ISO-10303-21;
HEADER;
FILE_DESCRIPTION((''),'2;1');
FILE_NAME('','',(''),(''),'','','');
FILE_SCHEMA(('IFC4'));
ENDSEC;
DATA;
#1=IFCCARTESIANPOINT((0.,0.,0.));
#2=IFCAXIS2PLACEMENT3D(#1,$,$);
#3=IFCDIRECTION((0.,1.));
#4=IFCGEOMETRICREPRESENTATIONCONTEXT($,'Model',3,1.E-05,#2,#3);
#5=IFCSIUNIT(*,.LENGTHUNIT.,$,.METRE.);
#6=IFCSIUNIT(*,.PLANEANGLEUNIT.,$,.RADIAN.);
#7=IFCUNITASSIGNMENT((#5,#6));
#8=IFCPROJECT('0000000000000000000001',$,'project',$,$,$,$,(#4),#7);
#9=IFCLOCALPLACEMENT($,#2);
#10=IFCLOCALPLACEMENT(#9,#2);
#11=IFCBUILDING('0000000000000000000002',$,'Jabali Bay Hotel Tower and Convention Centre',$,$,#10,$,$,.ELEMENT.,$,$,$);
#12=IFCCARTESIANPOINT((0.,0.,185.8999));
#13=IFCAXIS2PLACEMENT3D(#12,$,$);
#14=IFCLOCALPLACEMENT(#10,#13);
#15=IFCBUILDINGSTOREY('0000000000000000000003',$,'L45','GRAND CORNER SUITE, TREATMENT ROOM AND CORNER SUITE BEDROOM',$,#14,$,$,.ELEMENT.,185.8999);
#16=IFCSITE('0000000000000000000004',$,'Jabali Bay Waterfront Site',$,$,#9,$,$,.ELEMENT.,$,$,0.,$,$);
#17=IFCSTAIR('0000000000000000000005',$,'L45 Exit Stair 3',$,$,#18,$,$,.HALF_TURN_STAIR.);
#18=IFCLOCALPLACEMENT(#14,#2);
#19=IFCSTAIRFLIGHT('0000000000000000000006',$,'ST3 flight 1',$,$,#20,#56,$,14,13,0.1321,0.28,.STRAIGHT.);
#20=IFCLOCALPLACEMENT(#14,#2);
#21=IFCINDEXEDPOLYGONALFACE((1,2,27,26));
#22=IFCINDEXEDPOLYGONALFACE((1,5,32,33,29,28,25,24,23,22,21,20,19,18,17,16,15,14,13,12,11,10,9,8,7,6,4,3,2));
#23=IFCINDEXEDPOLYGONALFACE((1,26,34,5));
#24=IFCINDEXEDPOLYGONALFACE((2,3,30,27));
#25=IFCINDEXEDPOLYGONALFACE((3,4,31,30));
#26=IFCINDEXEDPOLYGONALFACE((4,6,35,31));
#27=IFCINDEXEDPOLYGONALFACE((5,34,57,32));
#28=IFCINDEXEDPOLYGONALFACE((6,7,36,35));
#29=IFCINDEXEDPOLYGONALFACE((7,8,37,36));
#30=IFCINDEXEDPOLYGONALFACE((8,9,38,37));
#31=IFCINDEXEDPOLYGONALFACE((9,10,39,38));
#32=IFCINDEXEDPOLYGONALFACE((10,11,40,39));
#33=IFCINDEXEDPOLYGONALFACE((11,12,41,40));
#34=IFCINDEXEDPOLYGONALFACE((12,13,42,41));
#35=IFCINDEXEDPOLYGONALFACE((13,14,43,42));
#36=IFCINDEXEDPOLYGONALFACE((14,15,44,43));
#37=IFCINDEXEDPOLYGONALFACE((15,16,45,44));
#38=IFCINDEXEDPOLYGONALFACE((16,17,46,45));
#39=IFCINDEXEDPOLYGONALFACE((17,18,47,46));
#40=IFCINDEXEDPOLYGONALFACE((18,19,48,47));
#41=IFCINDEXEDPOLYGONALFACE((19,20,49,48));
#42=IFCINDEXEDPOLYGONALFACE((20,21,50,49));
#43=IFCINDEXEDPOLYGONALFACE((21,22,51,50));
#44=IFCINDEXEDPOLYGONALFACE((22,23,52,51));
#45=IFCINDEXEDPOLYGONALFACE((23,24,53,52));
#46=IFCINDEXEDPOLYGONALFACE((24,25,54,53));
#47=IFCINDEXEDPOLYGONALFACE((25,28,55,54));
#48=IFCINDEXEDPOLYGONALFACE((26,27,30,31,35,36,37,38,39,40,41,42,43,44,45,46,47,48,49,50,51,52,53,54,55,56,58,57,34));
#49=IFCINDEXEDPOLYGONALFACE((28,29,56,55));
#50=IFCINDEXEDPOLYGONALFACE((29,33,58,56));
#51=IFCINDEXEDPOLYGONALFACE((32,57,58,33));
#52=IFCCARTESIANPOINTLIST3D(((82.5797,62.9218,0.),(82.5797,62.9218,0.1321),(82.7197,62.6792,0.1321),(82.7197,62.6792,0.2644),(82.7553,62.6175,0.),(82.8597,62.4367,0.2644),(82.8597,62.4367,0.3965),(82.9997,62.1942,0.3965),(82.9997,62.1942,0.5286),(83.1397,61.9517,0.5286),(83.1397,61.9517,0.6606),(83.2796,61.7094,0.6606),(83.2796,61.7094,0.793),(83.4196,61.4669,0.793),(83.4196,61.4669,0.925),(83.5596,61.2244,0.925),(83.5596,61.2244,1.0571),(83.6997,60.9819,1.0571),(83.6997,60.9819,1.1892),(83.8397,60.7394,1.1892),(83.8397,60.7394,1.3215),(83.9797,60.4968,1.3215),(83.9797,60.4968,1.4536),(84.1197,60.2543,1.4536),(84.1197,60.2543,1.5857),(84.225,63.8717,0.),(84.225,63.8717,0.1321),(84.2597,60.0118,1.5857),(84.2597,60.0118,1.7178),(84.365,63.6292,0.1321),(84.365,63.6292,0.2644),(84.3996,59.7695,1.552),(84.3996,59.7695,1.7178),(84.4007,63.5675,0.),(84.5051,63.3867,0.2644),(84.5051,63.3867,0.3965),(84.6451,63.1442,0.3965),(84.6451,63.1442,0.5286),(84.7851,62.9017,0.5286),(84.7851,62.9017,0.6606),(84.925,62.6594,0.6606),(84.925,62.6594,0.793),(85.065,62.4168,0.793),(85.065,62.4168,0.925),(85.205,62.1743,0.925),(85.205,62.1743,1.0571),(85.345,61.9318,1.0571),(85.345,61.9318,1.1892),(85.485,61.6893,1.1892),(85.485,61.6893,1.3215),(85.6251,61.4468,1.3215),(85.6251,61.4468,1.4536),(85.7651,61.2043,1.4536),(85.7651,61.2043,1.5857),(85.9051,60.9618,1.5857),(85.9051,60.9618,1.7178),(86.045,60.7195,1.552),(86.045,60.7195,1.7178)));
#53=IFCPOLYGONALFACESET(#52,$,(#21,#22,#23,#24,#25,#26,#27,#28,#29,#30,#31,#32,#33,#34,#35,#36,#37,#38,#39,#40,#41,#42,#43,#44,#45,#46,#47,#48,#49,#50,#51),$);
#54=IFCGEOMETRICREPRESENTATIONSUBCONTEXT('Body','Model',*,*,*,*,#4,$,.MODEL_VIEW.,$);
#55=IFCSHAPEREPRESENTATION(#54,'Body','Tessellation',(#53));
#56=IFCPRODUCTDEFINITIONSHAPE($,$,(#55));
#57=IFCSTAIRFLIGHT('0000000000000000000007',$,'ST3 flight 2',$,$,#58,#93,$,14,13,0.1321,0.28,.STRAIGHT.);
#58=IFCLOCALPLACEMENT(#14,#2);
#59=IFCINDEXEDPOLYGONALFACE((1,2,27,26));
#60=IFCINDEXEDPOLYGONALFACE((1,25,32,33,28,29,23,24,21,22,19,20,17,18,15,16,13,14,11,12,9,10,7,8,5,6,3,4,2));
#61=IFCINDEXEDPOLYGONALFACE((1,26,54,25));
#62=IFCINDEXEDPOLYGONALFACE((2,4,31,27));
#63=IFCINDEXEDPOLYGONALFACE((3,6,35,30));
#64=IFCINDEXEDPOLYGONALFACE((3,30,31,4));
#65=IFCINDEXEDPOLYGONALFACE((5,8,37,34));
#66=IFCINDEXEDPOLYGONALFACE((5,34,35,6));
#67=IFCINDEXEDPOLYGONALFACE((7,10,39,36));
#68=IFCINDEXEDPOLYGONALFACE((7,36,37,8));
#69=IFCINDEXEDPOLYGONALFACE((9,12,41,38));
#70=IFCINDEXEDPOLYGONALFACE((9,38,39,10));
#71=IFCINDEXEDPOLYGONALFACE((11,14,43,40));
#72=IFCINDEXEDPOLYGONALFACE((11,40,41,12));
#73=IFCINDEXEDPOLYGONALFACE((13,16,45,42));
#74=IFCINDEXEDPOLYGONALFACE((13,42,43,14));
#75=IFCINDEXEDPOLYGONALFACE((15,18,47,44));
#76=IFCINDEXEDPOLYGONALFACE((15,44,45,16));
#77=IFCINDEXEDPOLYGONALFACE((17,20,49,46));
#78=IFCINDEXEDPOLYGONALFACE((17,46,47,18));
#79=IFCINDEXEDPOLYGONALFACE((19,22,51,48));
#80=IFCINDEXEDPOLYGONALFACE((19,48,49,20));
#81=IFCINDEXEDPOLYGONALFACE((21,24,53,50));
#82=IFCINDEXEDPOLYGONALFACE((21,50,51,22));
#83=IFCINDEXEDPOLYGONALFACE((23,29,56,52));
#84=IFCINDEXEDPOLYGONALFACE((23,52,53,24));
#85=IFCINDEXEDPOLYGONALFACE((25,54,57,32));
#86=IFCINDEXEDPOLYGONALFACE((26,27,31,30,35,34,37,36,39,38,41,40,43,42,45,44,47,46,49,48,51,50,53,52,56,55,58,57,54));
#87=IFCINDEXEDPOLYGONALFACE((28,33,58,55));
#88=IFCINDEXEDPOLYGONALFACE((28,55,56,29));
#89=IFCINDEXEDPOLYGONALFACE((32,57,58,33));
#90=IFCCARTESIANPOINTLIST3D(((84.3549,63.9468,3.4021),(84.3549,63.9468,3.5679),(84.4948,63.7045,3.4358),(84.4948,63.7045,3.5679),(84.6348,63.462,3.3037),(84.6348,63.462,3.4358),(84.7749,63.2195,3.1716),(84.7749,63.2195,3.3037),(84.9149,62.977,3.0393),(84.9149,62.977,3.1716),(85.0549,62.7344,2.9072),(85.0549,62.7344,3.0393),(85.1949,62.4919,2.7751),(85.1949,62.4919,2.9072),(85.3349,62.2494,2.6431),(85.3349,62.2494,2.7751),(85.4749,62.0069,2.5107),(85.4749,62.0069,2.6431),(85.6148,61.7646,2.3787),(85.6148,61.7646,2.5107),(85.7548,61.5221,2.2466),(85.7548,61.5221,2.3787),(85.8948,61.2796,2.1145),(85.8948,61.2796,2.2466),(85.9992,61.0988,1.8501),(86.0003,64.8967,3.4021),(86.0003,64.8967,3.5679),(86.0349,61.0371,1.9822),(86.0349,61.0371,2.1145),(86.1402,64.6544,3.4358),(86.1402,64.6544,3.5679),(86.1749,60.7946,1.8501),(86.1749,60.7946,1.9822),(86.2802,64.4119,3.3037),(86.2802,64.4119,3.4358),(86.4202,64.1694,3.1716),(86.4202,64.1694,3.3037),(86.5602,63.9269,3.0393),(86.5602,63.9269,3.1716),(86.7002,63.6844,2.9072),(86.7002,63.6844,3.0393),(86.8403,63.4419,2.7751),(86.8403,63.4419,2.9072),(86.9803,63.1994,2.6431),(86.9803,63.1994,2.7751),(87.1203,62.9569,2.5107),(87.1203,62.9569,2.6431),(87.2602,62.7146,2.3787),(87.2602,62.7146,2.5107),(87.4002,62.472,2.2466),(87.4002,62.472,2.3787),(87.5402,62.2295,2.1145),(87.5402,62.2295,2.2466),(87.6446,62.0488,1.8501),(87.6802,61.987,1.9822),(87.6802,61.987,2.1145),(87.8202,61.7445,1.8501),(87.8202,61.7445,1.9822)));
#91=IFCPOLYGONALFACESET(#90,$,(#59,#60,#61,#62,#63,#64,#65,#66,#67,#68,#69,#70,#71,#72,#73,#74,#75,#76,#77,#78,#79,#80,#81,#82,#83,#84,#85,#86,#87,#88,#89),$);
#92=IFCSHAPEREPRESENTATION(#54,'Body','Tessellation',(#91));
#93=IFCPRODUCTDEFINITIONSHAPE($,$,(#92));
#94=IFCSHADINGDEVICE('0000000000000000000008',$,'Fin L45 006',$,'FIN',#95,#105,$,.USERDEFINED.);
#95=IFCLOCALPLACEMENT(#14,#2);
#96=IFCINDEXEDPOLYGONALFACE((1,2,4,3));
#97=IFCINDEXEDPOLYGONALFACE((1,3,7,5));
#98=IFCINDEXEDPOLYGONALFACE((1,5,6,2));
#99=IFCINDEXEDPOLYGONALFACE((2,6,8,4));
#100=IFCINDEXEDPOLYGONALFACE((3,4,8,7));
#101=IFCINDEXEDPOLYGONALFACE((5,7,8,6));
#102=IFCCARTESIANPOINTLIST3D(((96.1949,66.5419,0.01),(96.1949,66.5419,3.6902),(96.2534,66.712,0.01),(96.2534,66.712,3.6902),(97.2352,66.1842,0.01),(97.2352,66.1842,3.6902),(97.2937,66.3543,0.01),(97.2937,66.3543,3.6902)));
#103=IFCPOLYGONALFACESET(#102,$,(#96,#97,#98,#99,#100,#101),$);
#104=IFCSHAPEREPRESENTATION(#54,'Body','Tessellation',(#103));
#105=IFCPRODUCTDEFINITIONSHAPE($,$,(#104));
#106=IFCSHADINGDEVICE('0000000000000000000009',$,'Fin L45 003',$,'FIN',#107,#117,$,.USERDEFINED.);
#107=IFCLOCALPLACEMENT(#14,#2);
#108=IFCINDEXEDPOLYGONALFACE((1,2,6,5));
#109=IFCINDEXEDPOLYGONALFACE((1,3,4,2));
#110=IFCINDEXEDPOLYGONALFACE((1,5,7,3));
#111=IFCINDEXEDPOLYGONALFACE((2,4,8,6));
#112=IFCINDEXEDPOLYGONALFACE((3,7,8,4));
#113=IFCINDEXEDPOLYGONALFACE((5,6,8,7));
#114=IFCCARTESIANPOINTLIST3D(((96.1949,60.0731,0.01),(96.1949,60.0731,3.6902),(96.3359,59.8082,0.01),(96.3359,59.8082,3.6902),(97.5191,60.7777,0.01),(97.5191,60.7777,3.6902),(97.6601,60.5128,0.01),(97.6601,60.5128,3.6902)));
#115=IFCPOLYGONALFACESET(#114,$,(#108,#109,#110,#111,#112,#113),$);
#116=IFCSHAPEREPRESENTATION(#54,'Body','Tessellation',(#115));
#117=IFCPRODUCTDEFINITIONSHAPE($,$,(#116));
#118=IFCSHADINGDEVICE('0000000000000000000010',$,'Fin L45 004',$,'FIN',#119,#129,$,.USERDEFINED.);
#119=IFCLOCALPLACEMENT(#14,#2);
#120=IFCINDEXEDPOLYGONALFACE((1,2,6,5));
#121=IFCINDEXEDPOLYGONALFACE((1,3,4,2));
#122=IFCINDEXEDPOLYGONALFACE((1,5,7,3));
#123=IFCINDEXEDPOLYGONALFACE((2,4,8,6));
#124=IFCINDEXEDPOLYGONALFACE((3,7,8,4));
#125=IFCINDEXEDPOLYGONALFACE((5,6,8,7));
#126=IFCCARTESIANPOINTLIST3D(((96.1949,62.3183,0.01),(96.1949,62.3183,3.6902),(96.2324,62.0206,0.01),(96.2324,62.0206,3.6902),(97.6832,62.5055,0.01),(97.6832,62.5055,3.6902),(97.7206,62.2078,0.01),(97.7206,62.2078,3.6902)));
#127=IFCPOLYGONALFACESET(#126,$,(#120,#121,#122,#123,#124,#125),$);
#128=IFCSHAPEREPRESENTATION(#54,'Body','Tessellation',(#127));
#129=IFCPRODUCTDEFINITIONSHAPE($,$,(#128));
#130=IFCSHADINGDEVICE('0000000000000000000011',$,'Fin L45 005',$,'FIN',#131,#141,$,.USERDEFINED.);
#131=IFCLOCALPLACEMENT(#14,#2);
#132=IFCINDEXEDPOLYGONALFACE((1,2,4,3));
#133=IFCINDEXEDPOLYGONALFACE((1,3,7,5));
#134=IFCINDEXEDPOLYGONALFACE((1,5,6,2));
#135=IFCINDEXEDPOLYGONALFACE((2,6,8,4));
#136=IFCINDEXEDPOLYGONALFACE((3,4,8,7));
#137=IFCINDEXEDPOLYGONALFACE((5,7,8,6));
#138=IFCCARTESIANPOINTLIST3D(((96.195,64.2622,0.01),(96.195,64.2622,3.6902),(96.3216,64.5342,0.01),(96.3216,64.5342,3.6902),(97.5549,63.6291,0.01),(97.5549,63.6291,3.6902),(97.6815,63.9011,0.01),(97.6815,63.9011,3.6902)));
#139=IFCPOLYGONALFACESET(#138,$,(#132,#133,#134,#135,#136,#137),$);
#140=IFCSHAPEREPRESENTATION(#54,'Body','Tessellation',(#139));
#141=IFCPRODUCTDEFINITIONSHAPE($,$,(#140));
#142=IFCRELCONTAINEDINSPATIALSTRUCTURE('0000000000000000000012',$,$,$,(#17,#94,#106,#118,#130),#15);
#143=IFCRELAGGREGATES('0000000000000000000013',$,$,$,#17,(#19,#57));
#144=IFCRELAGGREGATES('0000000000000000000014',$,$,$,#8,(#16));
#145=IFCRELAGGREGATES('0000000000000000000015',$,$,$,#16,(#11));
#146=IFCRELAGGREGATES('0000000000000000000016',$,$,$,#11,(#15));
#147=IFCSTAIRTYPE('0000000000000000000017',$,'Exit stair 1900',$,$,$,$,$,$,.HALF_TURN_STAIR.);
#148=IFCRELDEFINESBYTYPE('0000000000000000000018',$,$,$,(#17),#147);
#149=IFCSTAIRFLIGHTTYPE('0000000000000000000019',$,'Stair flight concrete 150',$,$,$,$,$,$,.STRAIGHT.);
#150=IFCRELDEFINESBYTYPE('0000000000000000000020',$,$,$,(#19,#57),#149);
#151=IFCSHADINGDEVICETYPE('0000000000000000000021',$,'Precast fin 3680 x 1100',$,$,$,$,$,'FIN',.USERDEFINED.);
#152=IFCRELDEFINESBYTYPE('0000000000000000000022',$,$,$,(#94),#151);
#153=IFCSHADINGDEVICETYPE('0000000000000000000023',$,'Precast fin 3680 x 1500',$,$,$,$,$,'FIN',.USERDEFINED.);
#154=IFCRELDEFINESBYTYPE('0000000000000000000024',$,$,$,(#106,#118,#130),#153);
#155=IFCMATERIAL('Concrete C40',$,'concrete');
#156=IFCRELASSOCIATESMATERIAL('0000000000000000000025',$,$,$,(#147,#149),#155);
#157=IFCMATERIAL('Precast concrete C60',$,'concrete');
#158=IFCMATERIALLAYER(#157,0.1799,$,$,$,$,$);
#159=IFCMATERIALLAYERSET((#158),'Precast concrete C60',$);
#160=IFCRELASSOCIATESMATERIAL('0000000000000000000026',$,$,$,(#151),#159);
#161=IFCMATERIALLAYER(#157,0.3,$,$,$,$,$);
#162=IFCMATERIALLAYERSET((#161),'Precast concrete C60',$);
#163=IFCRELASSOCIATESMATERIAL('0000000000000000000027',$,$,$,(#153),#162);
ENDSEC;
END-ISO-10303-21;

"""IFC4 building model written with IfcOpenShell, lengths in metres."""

from ifc_helpers import new_model, si_unit, direction, frame, frame_2d, origin, place, context, subcontext, project, spatial, polyline, rectangle, outline, extrude, material, layer, layer_set, type_object, element, aggregate, save


model = new_model("IFC4")

# Units and contexts
model_context = context("Model", 3, precision=1e-05, world=origin(), true_north=direction((0.0, 1.0)))
body_context = subcontext(model_context, "Body", "Model", "MODEL_VIEW")
ifc_project = project(units=[si_unit("LENGTHUNIT", "METRE"), si_unit("PLANEANGLEUNIT", "RADIAN")], contexts=[model_context])

# Site, building, storey
site_placement = place(None, origin())
site = spatial("IfcSite", under=ifc_project, at=site_placement, Name="Jabali Bay Waterfront Site", CompositionType="ELEMENT", RefElevation=0.0)
building_placement = place(site_placement, origin())
building = spatial("IfcBuilding", under=site, at=building_placement, Name="Jabali Bay Hotel Tower and Convention Centre", CompositionType="ELEMENT")
storey_placement = place(building_placement, frame((0.0, 0.0, 185.8999)))
storey = spatial("IfcBuildingStorey", under=building, at=storey_placement, Name="L45", Description="GRAND CORNER SUITE, TREATMENT ROOM AND CORNER SUITE BEDROOM", CompositionType="ELEMENT", Elevation=185.8999)

# Shared definitions
ifc_material_1 = material(Name="Concrete C40", Category="concrete")

# Stair, stair flights
stair_type = type_object("IfcStairType", Name="Exit stair 1900", PredefinedType="HALF_TURN_STAIR", material=ifc_material_1)
stair_placement = place(storey_placement, origin())
stair = element("IfcStair", 1, at=stair_placement, inside=storey, type_object=stair_type, Name="L45 Exit Stair 3", PredefinedType="HALF_TURN_STAIR")
stair_flight_type = type_object("IfcStairFlightType", Name="Stair flight concrete 150", PredefinedType="STRAIGHT", material=ifc_material_1)
stair_flight_1_placement = place(storey_placement, frame((83.4023, 63.3967, 0.0), z_axis=(0.0, 0.0, 1.0), x_axis=(0.5, -0.866025, 0.0)))
stair_flight_1 = element("IfcStairFlight", 2, at=stair_flight_1_placement, type_object=stair_flight_type, Name="ST3 flight 1", NumberOfRisers=14, NumberOfTreads=13, PredefinedType="STRAIGHT", RiserHeight=0.1321, TreadLength=0.28, context=body_context, shape_type="SweptSolid", body=[
    extrude(outline(polyline([(0.0, 0.0), (0.0, 0.1321), (0.28, 0.1321), (0.28, 0.2644), (0.5601, 0.2644), (0.5601, 0.3965), (0.8401, 0.3965), (0.8401, 0.5286), (1.1201, 0.5286), (1.1201, 0.6606), (1.3999, 0.6606), (1.3999, 0.793), (1.6799, 0.793), (1.6799, 0.925), (1.96, 0.925), (1.96, 1.0571), (2.24, 1.0571), (2.24, 1.1892), (2.52, 1.1892), (2.52, 1.3215), (2.8, 1.3215), (2.8, 1.4536), (3.0801, 1.4536), (3.0801, 1.5857), (3.3601, 1.5857), (3.3601, 1.7178), (3.6399, 1.7178), (3.6399, 1.8501), (3.6399, 1.552), (0.3513, 0.0), (0.0, 0.0)])), frame((0.0, 0.95, 0.0), z_axis=(0.0, -1.0, 0.0), x_axis=(1.0, 0.0, 0.0)), (0.0, 0.0, 1.0), 1.8999),
])
stair_flight_2_placement = place(storey_placement, frame((86.9976, 61.2695, 1.8501), z_axis=(0.0, 0.0, 1.0), x_axis=(-0.5, 0.866025, 0.0)))
stair_flight_2 = element("IfcStairFlight", 3, at=stair_flight_2_placement, type_object=stair_flight_type, Name="ST3 flight 2", NumberOfRisers=14, NumberOfTreads=13, PredefinedType="STRAIGHT", RiserHeight=0.1321, TreadLength=0.28, context=body_context, shape_type="SweptSolid", body=[
    extrude(outline(polyline([(0.0, 0.0), (0.0, 0.1321), (0.28, 0.1321), (0.28, 0.2644), (0.5601, 0.2644), (0.5601, 0.3965), (0.8401, 0.3965), (0.8401, 0.5286), (1.1201, 0.5286), (1.1201, 0.6606), (1.3999, 0.6606), (1.3999, 0.793), (1.6799, 0.793), (1.6799, 0.925), (1.96, 0.925), (1.96, 1.0571), (2.24, 1.0571), (2.24, 1.1892), (2.52, 1.1892), (2.52, 1.3215), (2.8, 1.3215), (2.8, 1.4536), (3.0801, 1.4536), (3.0801, 1.5857), (3.3601, 1.5857), (3.3601, 1.7178), (3.6399, 1.7178), (3.6399, 1.8501), (3.6399, 1.552), (0.3513, 0.0), (0.0, 0.0)])), frame((0.0, 0.95, 0.0), z_axis=(0.0, -1.0, 0.0), x_axis=(1.0, 0.0, 0.0)), (0.0, 0.0, 1.0), 1.8999),
])
aggregate(stair, [stair_flight_1, stair_flight_2])

# Shading devices
ifc_material_2 = material(Name="Precast concrete C60", Category="concrete")
ifc_layer_1 = layer(ifc_material_2, 0.1799)
ifc_layer_set_1 = layer_set([ifc_layer_1], Name="Precast concrete C60")
shading_device_type_1 = type_object("IfcShadingDeviceType", Name="Precast fin 3680 x 1100", ElementType="FIN", PredefinedType="USERDEFINED", material=ifc_layer_set_1)
shading_device_placement = place(storey_placement, frame((96.2241, 66.627, 0.01), z_axis=(0.0, 0.0, 1.0), x_axis=(0.945667, -0.325136, 0.0)))
element("IfcShadingDevice", 4, at=shading_device_placement, inside=storey, type_object=shading_device_type_1, Name="Fin L45 006", ObjectType="FIN", PredefinedType="USERDEFINED", context=body_context, shape_type="SweptSolid", body=[
    extrude(rectangle(XDim=1.1001, YDim=0.1799, at=frame_2d((0.55, 0.0))), origin(), (0.0, 0.0, 1.0), 3.6802),
])
ifc_layer_2 = layer(ifc_material_2, 0.3)
ifc_layer_set_2 = layer_set([ifc_layer_2], Name="Precast concrete C60")
shading_device_type_2 = type_object("IfcShadingDeviceType", Name="Precast fin 3680 x 1500", ElementType="FIN", PredefinedType="USERDEFINED", material=ifc_layer_set_2)
for number, where, z_axis, x_axis, name in (
    (5, (96.2654, 59.9407, 0.01), (0.0, 0.0, 1.0), (0.882812, 0.469726, 0.0), "Fin L45 003"),
    (6, (96.2136, 62.1694, 0.01), (0.0, 0.0, 1.0), (0.992177, 0.124836, 0.0), "Fin L45 004"),
    (7, (96.2583, 64.3982, 0.01), (0.0, 0.0, 1.0), (0.906578, -0.422039, 0.0), "Fin L45 005"),
):
    element("IfcShadingDevice", number, at=place(storey_placement, frame(where, z_axis=z_axis, x_axis=x_axis)), inside=storey, type_object=shading_device_type_2, Name=name, ObjectType="FIN", PredefinedType="USERDEFINED", context=body_context, shape_type="SweptSolid", body=[
        extrude(rectangle(XDim=1.5, YDim=0.3, at=frame_2d((0.75, 0.0))), origin(), (0.0, 0.0, 1.0), 3.6802),
    ])

save(model, "model.ifc")
